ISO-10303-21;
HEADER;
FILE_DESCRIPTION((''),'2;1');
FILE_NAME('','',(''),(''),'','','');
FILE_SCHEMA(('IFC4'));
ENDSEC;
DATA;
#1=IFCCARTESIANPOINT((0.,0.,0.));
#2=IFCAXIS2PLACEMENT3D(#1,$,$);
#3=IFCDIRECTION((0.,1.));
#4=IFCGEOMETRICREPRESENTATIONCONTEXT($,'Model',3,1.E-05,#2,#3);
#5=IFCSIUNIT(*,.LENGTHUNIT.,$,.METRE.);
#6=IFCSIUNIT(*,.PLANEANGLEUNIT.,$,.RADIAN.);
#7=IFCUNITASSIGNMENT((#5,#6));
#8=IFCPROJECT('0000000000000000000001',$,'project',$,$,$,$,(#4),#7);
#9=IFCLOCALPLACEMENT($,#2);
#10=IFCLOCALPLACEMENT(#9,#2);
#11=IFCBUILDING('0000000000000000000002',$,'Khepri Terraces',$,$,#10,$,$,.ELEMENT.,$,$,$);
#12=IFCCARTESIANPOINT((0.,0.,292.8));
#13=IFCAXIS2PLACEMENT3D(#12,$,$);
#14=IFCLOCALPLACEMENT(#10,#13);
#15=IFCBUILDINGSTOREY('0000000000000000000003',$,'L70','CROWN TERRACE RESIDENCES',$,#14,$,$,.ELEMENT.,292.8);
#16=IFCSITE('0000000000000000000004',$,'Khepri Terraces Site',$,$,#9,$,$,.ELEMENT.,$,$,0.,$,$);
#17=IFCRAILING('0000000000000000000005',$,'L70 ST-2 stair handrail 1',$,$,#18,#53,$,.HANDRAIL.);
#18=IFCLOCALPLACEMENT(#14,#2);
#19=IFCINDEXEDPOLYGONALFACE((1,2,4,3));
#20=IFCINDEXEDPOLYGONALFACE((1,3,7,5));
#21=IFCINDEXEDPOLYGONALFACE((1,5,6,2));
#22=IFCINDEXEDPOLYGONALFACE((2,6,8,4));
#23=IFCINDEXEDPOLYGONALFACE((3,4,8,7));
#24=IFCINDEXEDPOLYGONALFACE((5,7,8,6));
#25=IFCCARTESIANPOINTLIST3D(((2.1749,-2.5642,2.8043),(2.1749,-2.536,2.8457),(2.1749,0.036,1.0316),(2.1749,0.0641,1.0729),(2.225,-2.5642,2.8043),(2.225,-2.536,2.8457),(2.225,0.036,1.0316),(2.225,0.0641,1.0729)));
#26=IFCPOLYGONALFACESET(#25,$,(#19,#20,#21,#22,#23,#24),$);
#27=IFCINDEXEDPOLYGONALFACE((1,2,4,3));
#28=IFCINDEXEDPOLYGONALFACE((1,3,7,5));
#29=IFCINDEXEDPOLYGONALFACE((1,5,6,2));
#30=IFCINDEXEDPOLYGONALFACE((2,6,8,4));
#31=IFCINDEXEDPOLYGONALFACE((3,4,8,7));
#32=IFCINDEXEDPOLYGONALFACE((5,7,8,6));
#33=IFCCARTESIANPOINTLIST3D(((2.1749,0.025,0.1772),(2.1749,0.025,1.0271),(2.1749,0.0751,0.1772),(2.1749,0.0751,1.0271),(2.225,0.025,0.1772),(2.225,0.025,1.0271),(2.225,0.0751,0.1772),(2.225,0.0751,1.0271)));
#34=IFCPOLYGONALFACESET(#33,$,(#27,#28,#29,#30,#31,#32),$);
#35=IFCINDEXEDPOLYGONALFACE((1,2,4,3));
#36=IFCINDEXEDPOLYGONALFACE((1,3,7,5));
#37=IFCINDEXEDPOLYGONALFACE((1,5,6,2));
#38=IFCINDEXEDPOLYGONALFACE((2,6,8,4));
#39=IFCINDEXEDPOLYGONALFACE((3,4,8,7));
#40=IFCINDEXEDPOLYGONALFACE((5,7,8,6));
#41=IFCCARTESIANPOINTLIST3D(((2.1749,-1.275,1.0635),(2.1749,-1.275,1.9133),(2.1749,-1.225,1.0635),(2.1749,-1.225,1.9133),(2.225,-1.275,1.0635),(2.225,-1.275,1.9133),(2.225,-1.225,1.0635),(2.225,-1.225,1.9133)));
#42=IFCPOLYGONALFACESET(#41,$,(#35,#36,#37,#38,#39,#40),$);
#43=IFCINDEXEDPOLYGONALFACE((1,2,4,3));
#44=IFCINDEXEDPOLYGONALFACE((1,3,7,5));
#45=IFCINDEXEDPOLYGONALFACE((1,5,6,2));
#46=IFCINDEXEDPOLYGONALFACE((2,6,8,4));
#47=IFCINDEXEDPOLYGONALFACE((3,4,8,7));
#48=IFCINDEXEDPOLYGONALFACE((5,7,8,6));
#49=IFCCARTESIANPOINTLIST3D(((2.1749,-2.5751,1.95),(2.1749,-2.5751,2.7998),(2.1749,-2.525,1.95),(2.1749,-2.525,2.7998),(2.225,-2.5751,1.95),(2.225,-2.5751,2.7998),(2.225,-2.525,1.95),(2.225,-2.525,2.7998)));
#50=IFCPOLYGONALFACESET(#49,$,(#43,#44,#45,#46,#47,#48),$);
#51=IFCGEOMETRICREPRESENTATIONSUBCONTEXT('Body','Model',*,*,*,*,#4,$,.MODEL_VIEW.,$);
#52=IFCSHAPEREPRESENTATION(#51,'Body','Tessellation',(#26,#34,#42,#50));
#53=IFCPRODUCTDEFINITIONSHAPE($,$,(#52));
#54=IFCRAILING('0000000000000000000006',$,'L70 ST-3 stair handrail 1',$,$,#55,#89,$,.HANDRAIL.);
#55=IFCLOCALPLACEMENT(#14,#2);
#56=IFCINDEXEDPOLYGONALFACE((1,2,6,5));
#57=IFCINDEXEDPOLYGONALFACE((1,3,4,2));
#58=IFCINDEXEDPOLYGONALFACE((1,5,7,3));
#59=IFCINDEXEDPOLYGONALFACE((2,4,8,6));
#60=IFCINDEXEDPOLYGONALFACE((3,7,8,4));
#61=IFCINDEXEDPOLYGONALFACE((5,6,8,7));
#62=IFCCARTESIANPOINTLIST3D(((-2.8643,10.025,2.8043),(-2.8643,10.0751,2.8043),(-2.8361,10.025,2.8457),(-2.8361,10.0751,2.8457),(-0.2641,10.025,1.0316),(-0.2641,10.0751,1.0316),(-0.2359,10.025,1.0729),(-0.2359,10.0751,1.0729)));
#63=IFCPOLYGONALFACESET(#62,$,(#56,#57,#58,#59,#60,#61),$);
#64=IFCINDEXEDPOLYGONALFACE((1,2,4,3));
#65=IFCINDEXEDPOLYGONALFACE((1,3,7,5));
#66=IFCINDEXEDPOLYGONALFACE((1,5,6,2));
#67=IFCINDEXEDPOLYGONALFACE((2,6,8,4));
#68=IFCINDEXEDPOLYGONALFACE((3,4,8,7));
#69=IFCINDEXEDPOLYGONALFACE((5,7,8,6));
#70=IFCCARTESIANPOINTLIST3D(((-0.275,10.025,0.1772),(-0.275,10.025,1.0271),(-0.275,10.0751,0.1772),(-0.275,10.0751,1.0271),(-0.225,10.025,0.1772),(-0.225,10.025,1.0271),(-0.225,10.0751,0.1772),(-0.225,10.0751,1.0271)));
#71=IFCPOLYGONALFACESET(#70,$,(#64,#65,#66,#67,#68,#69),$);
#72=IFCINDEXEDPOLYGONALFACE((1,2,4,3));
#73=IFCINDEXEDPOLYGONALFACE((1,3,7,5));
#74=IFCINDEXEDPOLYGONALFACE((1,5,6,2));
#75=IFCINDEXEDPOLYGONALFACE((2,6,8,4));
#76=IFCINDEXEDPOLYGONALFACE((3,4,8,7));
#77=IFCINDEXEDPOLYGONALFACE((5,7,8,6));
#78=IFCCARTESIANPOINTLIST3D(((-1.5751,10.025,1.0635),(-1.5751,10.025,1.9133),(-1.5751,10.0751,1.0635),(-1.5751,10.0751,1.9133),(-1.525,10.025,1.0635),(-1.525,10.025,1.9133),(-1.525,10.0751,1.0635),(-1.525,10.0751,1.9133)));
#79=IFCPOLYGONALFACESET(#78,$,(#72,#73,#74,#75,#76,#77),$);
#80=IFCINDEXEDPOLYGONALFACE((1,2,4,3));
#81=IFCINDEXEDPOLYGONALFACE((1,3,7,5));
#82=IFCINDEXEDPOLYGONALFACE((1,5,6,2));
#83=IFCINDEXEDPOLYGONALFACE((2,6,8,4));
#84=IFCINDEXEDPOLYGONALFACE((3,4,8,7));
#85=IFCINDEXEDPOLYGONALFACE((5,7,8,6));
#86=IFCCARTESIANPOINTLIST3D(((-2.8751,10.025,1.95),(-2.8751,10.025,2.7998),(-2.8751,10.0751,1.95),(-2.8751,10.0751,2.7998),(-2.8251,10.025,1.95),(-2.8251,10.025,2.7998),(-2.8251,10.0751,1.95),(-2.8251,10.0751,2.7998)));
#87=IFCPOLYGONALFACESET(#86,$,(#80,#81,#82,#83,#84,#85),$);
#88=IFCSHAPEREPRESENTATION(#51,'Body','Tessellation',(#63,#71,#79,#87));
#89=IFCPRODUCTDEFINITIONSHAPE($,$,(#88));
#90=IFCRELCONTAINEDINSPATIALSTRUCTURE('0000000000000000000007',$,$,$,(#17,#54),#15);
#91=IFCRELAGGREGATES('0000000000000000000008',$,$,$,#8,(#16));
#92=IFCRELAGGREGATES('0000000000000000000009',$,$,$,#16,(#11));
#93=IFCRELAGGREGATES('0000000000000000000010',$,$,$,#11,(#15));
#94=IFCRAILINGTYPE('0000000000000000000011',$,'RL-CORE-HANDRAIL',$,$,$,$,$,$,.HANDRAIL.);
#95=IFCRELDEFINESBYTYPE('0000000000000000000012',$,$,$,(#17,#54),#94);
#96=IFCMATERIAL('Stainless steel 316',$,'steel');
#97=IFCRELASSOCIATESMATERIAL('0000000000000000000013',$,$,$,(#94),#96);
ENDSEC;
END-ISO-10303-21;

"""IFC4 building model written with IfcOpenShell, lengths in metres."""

from ifc_helpers import new_model, si_unit, direction, frame, origin, origin_2d, place, context, subcontext, project, spatial, rectangle, extrude, material, type_object, element, save


model = new_model("IFC4")

# Units and contexts
model_context = context("Model", 3, precision=1e-05, world=origin(), true_north=direction((0.0, 1.0)))
body_context = subcontext(model_context, "Body", "Model", "MODEL_VIEW")
ifc_project = project(units=[si_unit("LENGTHUNIT", "METRE"), si_unit("PLANEANGLEUNIT", "RADIAN")], contexts=[model_context])

# Site, building, storey
site_placement = place(None, origin())
site = spatial("IfcSite", under=ifc_project, at=site_placement, Name="Khepri Terraces Site", CompositionType="ELEMENT", RefElevation=0.0)
building_placement = place(site_placement, origin())
building = spatial("IfcBuilding", under=site, at=building_placement, Name="Khepri Terraces", CompositionType="ELEMENT")
storey_placement = place(building_placement, frame((0.0, 0.0, 292.8)))
storey = spatial("IfcBuildingStorey", under=building, at=storey_placement, Name="L70", Description="CROWN TERRACE RESIDENCES", CompositionType="ELEMENT", Elevation=292.8)

# Railings
ifc_material_1 = material(Name="Stainless steel 316", Category="steel")
railing_type_1 = type_object("IfcRailingType", Name="RL-CORE-HANDRAIL", PredefinedType="HANDRAIL", material=ifc_material_1)
railing_1_placement = place(storey_placement, frame((2.2, 0.05, 0.1772)))
element("IfcRailing", 1, at=railing_1_placement, inside=storey, type_object=railing_type_1, Name="L70 ST-2 stair handrail 1", PredefinedType="HANDRAIL", context=body_context, shape_type="SweptSolid", body=[
    extrude(rectangle(XDim=0.05, YDim=0.05, at=origin_2d()), frame((0.0, 0.0, 0.875), z_axis=(0.0, -0.82624, 0.563318), x_axis=(1.0, 0.0, 0.0)), (0.0, 0.0, 1.0), 3.147),
    extrude(rectangle(XDim=0.05, YDim=0.05, at=origin_2d()), origin(), (0.0, 0.0, 1.0), 0.8499),
    extrude(rectangle(XDim=0.05, YDim=0.05, at=origin_2d()), frame((0.0, -1.3, 0.8862)), (0.0, 0.0, 1.0), 0.8499),
    extrude(rectangle(XDim=0.05, YDim=0.05, at=origin_2d()), frame((0.0, -2.6001, 1.7727)), (0.0, 0.0, 1.0), 0.8499),
])
railing_2_placement = place(storey_placement, frame((-0.25, 10.05, 0.1772)))
element("IfcRailing", 2, at=railing_2_placement, inside=storey, type_object=railing_type_1, Name="L70 ST-3 stair handrail 1", PredefinedType="HANDRAIL", context=body_context, shape_type="SweptSolid", body=[
    extrude(rectangle(XDim=0.05, YDim=0.05, at=origin_2d()), frame((0.0, 0.0, 0.875), z_axis=(-0.82624, 0.0, 0.563318), x_axis=(0.0, -1.0, 0.0)), (0.0, 0.0, 1.0), 3.147),
    extrude(rectangle(XDim=0.05, YDim=0.05, at=origin_2d()), origin(), (0.0, 0.0, 1.0), 0.8499),
    extrude(rectangle(XDim=0.05, YDim=0.05, at=origin_2d()), frame((-1.3, 0.0, 0.8862)), (0.0, 0.0, 1.0), 0.8499),
    extrude(rectangle(XDim=0.05, YDim=0.05, at=origin_2d()), frame((-2.6001, 0.0, 1.7727)), (0.0, 0.0, 1.0), 0.8499),
])

save(model, "model.ifc")
